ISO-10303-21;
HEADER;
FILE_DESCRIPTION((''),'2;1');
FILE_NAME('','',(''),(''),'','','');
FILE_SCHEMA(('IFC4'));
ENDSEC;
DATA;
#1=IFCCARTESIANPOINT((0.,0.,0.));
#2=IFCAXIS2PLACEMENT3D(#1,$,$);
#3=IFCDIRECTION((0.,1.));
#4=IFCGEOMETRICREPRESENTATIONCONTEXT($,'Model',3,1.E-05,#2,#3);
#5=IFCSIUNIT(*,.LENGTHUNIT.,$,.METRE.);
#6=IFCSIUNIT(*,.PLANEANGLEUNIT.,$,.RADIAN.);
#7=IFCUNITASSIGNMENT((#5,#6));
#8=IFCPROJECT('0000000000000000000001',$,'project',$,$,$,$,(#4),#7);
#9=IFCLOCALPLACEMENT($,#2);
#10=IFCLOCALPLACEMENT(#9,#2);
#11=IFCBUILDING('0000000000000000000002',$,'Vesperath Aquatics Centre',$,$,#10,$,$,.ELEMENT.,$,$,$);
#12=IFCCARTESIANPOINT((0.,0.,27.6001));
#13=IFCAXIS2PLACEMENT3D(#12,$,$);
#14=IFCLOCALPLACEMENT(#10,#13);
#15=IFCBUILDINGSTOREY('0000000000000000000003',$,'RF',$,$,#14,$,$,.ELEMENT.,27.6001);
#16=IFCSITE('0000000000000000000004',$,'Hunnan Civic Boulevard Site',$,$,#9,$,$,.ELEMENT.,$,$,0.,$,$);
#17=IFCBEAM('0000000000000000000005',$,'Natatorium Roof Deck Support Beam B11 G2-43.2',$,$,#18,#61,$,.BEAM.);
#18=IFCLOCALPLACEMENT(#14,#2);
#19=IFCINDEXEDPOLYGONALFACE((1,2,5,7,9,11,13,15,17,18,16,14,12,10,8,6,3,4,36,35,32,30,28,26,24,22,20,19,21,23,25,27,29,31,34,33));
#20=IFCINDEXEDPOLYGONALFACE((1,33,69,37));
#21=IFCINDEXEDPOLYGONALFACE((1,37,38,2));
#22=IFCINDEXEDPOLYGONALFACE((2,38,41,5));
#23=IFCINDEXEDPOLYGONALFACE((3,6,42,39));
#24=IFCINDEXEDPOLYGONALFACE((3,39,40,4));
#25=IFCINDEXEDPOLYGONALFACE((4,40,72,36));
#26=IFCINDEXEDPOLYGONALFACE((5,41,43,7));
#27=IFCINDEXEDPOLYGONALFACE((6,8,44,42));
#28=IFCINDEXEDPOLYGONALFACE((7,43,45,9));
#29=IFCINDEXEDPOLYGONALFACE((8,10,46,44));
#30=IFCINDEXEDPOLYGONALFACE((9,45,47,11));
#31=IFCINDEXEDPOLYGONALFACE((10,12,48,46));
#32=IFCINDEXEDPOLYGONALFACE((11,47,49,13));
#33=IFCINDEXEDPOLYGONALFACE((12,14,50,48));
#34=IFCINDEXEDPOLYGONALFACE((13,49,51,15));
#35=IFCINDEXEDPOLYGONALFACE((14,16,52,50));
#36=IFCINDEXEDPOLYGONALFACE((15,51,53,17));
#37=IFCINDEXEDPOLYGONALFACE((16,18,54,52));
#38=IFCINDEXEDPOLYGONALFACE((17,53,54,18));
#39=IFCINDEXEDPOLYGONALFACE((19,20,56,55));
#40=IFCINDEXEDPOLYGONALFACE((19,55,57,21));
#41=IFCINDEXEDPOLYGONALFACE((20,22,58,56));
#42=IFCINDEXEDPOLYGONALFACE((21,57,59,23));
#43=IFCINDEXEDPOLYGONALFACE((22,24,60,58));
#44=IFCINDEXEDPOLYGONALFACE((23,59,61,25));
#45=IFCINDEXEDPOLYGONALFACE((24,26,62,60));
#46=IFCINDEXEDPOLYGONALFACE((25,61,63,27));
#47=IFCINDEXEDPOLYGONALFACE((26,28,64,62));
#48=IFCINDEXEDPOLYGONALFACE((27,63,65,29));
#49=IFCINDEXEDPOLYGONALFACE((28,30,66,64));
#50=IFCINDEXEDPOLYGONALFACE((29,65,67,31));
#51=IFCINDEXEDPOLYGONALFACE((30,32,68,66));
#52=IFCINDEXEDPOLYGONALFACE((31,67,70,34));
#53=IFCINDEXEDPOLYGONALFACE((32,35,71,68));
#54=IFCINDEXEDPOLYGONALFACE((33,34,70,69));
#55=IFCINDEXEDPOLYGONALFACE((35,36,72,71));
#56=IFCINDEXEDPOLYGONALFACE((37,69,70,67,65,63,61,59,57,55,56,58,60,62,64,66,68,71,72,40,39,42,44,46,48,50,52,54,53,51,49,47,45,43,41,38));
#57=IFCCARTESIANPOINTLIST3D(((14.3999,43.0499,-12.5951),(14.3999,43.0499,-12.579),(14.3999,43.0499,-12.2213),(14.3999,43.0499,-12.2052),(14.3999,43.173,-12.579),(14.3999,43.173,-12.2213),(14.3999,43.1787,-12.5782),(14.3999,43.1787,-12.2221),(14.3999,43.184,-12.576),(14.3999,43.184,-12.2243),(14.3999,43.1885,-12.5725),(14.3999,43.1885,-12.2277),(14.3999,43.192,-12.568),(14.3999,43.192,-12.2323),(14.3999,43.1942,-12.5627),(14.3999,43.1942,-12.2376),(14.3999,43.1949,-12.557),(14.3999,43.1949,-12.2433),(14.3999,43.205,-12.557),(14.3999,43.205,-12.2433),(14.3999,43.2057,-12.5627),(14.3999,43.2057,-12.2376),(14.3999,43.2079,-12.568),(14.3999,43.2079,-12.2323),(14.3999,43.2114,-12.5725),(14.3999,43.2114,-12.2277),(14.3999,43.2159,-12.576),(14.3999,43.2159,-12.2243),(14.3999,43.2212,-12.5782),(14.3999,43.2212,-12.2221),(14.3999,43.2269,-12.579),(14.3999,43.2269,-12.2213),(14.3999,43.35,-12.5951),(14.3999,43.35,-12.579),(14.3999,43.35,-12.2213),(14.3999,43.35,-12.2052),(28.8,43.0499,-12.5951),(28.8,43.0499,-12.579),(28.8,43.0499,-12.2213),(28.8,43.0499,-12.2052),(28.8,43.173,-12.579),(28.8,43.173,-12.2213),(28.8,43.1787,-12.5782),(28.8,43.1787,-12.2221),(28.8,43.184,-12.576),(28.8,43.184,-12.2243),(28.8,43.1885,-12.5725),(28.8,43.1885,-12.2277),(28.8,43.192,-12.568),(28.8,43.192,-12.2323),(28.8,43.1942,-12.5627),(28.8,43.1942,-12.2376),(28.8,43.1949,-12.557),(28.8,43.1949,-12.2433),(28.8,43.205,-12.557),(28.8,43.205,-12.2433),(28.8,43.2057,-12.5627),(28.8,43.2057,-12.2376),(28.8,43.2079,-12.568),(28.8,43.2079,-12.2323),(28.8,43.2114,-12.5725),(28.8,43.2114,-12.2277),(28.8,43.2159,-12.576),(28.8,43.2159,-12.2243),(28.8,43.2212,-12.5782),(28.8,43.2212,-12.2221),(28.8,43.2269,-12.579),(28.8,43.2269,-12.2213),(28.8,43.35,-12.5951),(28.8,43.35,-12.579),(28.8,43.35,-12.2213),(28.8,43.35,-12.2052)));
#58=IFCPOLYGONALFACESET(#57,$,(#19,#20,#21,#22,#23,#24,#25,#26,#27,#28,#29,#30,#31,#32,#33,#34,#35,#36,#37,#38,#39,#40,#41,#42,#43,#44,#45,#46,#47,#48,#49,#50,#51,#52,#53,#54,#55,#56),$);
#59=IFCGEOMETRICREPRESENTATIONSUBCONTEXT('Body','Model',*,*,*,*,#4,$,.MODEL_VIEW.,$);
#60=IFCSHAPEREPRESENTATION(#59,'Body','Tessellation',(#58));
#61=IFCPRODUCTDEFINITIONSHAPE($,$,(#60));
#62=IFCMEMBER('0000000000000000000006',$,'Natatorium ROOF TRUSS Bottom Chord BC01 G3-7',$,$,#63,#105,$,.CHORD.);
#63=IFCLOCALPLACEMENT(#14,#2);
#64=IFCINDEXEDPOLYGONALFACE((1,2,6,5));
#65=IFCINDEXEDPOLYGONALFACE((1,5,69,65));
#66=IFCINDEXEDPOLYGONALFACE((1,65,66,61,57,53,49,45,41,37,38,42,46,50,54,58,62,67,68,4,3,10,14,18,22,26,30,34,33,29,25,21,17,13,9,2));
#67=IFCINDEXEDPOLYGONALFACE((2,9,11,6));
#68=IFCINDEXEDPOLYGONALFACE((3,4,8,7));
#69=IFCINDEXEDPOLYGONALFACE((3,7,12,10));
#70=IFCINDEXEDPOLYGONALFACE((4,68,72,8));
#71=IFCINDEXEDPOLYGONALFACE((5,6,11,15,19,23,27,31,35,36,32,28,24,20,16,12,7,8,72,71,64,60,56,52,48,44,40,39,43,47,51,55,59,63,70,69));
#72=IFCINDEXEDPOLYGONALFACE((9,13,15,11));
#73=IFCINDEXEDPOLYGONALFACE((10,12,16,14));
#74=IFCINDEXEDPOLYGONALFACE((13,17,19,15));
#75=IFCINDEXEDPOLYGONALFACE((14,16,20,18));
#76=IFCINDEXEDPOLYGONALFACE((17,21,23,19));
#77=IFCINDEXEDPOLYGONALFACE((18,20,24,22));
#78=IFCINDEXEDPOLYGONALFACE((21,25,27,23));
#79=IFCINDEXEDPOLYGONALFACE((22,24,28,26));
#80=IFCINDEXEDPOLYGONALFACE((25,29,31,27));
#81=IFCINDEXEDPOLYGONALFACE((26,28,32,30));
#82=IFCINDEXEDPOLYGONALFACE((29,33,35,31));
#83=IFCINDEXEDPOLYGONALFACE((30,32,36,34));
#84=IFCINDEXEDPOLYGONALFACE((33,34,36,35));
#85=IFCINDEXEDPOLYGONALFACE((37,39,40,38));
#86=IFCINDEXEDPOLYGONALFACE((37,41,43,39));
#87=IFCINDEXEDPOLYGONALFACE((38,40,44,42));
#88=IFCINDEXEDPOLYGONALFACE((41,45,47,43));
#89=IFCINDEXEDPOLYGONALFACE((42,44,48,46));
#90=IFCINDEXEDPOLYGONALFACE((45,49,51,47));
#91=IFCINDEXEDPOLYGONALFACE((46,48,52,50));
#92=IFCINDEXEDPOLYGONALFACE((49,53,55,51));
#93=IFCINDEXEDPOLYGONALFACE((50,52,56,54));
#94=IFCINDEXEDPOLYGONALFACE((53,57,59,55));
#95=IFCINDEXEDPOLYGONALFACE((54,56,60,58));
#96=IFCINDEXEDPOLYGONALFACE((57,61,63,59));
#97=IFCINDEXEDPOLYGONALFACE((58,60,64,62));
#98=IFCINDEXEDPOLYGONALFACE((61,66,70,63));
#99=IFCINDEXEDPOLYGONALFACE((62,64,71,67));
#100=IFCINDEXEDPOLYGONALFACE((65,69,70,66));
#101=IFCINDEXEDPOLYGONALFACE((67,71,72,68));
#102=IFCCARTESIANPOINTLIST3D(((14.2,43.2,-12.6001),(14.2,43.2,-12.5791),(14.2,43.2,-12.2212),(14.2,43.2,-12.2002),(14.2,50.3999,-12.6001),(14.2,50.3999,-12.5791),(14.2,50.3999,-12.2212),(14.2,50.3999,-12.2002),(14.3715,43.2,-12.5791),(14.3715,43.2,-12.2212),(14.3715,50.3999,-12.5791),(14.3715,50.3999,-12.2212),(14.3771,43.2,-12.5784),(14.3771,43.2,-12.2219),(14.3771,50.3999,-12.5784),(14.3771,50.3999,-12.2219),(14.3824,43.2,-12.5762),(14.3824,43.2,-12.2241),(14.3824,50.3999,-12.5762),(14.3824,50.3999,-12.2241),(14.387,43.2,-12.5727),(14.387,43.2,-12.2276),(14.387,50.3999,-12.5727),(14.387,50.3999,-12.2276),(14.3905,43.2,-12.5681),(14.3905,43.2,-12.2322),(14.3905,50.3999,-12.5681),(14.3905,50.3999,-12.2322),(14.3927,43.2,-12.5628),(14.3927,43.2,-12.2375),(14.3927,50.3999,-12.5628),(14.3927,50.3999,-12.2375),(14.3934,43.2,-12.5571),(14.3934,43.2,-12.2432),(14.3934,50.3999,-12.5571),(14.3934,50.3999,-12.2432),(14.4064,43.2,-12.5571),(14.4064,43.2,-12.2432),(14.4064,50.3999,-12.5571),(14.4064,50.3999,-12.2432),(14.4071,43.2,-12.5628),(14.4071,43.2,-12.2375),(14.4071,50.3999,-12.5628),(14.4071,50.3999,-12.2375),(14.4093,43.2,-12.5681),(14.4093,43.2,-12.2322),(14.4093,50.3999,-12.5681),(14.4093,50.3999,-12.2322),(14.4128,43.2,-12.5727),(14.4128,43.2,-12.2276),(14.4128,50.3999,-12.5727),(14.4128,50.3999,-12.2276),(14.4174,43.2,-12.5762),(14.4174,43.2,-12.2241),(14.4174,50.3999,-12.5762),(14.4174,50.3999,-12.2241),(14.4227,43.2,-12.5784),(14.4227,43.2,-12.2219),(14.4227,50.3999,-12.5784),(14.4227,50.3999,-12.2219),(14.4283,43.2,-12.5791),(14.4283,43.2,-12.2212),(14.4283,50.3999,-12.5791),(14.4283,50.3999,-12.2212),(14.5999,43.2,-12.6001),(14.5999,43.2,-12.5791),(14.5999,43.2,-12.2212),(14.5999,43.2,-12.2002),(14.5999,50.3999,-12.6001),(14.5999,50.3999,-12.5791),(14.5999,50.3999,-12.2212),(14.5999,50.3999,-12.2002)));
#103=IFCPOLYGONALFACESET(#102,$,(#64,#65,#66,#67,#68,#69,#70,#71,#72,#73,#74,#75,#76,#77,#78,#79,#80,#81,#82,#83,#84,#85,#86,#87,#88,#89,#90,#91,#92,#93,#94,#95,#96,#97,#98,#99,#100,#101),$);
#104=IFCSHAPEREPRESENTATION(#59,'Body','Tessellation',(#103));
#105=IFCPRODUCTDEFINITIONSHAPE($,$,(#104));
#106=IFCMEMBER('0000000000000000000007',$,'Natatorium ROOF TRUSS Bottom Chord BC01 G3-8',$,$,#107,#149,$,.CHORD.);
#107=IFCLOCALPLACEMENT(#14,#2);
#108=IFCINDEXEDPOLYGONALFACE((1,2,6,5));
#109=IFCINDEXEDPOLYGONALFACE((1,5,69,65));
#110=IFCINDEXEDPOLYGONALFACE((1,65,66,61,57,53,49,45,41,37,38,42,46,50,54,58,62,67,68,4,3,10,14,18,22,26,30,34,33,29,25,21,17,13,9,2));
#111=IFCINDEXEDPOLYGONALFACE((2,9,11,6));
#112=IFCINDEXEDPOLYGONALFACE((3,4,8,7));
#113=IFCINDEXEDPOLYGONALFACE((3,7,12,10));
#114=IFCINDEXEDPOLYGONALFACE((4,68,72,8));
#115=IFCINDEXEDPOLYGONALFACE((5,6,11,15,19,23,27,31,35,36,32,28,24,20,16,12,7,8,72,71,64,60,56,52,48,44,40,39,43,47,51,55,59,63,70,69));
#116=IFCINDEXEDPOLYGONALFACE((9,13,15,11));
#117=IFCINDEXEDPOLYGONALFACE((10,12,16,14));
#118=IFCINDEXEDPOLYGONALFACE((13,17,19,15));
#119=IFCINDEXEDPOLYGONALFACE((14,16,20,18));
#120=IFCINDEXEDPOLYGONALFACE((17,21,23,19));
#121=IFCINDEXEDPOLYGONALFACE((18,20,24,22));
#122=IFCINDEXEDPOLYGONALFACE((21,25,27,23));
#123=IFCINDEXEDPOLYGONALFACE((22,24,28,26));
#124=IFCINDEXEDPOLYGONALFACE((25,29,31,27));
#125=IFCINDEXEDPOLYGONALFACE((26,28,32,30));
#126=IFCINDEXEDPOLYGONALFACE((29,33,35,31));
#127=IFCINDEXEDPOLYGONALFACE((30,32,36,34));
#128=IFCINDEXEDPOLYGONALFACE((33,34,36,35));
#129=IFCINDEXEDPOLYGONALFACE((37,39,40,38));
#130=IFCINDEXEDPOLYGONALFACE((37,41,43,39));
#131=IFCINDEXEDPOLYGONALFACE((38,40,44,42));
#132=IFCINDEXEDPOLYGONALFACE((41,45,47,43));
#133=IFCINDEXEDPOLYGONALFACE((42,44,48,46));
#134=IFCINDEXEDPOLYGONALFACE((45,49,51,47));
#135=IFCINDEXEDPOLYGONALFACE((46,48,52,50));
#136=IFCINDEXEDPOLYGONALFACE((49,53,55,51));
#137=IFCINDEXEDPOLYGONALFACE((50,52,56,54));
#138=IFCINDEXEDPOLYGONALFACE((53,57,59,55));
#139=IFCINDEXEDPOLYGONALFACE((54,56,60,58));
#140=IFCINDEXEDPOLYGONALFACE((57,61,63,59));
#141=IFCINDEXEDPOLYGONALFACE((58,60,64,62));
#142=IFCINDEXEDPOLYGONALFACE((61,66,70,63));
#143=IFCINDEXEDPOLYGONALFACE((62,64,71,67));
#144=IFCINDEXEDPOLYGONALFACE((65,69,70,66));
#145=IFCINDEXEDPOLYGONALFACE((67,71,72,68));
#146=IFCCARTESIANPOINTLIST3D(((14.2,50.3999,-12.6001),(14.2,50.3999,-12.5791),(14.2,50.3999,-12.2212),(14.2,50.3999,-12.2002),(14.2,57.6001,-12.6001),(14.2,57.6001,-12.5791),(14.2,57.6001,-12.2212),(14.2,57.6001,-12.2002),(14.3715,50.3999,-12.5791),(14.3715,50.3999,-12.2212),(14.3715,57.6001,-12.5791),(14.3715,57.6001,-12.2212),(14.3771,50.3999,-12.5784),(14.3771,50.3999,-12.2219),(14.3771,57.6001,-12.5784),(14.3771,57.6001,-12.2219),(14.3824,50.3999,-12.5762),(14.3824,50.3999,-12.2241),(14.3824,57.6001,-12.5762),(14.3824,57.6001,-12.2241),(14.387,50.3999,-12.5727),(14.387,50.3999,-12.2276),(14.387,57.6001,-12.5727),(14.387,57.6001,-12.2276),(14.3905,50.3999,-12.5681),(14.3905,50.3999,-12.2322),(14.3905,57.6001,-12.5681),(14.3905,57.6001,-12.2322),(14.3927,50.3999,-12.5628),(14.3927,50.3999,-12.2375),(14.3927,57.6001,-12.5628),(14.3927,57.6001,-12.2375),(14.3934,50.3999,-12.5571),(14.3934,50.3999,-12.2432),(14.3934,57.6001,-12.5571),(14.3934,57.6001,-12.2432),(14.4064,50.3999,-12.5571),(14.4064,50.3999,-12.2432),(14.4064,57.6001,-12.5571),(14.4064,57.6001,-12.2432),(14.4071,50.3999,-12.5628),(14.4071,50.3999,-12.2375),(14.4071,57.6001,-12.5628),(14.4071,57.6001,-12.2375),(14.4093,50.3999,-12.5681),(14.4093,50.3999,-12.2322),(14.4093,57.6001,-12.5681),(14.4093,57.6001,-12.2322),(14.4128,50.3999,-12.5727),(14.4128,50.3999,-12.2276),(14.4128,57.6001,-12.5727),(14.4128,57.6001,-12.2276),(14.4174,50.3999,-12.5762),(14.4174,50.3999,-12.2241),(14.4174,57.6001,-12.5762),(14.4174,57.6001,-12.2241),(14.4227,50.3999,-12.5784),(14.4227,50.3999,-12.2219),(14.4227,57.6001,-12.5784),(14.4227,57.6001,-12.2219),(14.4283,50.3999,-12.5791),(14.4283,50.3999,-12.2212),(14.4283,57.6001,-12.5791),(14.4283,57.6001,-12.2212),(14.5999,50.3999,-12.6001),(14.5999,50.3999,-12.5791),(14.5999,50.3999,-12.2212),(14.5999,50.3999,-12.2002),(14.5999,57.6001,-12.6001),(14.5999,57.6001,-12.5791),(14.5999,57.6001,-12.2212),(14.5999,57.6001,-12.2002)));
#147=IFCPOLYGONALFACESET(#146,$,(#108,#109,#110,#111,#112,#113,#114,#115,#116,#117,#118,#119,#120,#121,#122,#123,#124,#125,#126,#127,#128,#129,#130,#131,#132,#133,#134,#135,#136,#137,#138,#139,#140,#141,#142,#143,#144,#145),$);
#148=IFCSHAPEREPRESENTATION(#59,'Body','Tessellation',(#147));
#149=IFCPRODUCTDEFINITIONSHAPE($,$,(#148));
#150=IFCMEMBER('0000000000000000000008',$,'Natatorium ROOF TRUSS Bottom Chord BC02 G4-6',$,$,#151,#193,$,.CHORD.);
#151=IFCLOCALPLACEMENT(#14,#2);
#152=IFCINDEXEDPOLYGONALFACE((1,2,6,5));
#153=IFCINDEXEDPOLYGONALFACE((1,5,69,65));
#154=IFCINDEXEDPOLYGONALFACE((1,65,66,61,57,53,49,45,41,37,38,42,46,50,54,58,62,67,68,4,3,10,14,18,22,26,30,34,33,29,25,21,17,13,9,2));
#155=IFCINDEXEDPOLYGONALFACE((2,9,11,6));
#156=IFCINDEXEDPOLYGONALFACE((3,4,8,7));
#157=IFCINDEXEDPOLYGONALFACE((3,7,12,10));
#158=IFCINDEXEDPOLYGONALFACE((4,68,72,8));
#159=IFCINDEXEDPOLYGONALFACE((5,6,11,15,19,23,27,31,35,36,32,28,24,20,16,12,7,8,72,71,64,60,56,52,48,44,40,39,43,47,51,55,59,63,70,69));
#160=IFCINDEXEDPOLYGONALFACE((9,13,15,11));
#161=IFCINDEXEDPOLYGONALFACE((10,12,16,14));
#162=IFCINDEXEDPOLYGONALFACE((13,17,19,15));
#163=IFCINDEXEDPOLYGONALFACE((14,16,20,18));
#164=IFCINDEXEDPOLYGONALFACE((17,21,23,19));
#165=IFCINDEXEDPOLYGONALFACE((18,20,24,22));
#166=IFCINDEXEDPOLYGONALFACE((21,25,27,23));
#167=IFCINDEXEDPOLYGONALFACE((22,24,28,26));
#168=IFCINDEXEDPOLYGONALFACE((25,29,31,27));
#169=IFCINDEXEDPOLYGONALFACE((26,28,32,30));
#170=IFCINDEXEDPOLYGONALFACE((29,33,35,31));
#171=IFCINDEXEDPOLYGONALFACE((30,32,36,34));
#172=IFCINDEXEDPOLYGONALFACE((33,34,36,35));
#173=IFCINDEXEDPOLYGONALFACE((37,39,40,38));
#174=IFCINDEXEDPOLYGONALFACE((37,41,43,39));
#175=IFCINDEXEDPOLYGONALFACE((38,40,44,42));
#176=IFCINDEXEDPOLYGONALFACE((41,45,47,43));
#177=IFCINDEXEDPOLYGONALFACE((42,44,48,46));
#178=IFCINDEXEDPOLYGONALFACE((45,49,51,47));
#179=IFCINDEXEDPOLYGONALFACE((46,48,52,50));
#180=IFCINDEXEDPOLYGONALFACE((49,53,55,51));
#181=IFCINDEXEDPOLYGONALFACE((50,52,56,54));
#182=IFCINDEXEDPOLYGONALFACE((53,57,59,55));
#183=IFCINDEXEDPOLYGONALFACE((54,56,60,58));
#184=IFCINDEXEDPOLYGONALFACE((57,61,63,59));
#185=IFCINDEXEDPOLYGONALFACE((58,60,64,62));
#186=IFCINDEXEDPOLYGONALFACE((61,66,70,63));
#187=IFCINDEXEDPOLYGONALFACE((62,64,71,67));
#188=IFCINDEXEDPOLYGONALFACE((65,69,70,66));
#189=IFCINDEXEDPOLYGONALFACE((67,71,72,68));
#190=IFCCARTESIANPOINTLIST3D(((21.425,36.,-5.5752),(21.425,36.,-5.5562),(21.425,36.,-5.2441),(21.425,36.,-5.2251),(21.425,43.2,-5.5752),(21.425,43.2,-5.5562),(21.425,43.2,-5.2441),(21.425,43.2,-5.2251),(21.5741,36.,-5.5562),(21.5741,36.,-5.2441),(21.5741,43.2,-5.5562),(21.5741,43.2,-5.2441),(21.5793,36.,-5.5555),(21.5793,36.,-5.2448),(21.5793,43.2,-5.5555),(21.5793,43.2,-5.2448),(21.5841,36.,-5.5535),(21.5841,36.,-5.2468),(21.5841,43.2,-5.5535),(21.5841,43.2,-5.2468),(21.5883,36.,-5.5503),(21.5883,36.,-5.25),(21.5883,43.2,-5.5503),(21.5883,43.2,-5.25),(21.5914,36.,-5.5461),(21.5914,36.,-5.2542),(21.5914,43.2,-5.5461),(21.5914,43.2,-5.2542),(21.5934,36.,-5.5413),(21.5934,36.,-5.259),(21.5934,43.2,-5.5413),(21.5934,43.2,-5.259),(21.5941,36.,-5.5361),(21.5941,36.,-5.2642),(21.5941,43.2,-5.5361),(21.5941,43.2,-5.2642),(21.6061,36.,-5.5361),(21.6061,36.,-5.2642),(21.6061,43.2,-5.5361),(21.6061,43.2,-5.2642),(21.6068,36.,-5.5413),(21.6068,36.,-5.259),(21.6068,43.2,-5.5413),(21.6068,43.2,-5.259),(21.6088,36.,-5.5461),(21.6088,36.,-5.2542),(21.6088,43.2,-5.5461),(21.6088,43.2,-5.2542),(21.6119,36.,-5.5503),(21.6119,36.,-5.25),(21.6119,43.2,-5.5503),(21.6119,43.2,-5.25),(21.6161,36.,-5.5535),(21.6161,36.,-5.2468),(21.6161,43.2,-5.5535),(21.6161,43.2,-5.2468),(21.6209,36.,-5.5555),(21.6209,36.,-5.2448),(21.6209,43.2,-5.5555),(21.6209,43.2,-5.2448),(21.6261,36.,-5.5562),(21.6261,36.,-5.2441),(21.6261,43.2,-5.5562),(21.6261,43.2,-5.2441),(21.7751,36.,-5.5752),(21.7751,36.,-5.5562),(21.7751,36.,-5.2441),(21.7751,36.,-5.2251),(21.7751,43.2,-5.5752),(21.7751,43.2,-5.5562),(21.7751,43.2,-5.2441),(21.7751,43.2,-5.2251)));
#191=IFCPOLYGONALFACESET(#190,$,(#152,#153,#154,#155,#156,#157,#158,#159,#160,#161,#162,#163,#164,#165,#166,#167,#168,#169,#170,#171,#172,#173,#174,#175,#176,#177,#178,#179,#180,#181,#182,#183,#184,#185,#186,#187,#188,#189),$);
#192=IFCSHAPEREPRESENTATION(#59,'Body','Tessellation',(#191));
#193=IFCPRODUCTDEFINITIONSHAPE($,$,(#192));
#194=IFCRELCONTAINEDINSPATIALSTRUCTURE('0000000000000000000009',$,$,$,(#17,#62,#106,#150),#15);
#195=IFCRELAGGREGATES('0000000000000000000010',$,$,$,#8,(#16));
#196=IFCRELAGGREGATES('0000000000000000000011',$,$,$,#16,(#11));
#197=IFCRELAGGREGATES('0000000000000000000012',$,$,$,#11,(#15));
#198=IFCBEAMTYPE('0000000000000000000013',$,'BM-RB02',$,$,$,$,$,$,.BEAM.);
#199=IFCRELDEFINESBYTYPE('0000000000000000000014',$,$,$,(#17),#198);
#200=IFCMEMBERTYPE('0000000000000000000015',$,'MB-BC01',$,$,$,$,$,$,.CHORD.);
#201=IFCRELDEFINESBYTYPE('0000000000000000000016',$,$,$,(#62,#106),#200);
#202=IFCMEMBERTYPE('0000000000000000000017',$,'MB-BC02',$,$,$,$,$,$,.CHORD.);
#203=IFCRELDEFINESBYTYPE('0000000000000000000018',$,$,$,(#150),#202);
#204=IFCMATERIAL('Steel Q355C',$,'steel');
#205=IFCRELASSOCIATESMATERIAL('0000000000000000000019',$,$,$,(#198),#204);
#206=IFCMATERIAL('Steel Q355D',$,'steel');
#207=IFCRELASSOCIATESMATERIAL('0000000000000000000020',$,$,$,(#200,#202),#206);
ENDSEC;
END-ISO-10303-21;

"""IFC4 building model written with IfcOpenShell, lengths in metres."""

from ifc_helpers import new_model, si_unit, direction, frame, origin, origin_2d, place, context, subcontext, project, spatial, i_section, extrude, material, material_profile, profile_set, type_object, element, save


model = new_model("IFC4")

# Units and contexts
model_context = context("Model", 3, precision=1e-05, world=origin(), true_north=direction((0.0, 1.0)))
body_context = subcontext(model_context, "Body", "Model", "MODEL_VIEW")
ifc_project = project(units=[si_unit("LENGTHUNIT", "METRE"), si_unit("PLANEANGLEUNIT", "RADIAN")], contexts=[model_context])

# Site, building, storey
site_placement = place(None, origin())
site = spatial("IfcSite", under=ifc_project, at=site_placement, Name="Hunnan Civic Boulevard Site", CompositionType="ELEMENT", RefElevation=0.0)
building_placement = place(site_placement, origin())
building = spatial("IfcBuilding", under=site, at=building_placement, Name="Vesperath Aquatics Centre", CompositionType="ELEMENT")
storey_placement = place(building_placement, frame((0.0, 0.0, 27.6001)))
storey = spatial("IfcBuildingStorey", under=building, at=storey_placement, Name="RF", CompositionType="ELEMENT", Elevation=27.6001)

# Beam
ifc_material_1 = material(Name="Steel Q355C", Category="steel")
ifc_material_profile_1 = material_profile(ifc_material_1, i_section(OverallWidth=0.3, OverallDepth=0.3899, WebThickness=0.01, FlangeThickness=0.0161, FilletRadius=0.022, at=origin_2d()), Name="HM 390x300x10x16")
ifc_profile_set_1 = profile_set([ifc_material_profile_1], Name="Steel Q355C")
beam_type = type_object("IfcBeamType", Name="BM-RB02", PredefinedType="BEAM", material=ifc_profile_set_1)
beam_placement = place(storey_placement, frame((14.3999, 43.2, -12.4001), z_axis=(1.0, 0.0, 0.0), x_axis=(0.0, 1.0, 0.0)))
element("IfcBeam", 1, at=beam_placement, inside=storey, type_object=beam_type, Name="Natatorium Roof Deck Support Beam B11 G2-43.2", PredefinedType="BEAM", context=body_context, shape_type="SweptSolid", body=[
    extrude(i_section(OverallWidth=0.3, OverallDepth=0.3899, WebThickness=0.01, FlangeThickness=0.0161, FilletRadius=0.022, at=origin_2d()), origin(), (0.0, 0.0, 1.0), 14.4001),
])

# Members
ifc_material_2 = material(Name="Steel Q355D", Category="steel")
ifc_material_profile_2 = material_profile(ifc_material_2, i_section(OverallWidth=0.3999, OverallDepth=0.3999, WebThickness=0.0129, FlangeThickness=0.021, FilletRadius=0.022, at=origin_2d()), Name="HW 400x400x13x21")
ifc_profile_set_2 = profile_set([ifc_material_profile_2], Name="Steel Q355D")
member_type_1 = type_object("IfcMemberType", Name="MB-BC01", PredefinedType="CHORD", material=ifc_profile_set_2)
member_1_placement = place(storey_placement, frame((14.3999, 43.2, -12.4001), z_axis=(0.0, 1.0, 0.0), x_axis=(-1.0, 0.0, 0.0)))
element("IfcMember", 2, at=member_1_placement, inside=storey, type_object=member_type_1, Name="Natatorium ROOF TRUSS Bottom Chord BC01 G3-7", PredefinedType="CHORD", context=body_context, shape_type="SweptSolid", body=[
    extrude(i_section(OverallWidth=0.3999, OverallDepth=0.3999, WebThickness=0.0129, FlangeThickness=0.021, FilletRadius=0.022, at=origin_2d()), origin(), (0.0, 0.0, 1.0), 7.2),
])
member_2_placement = place(storey_placement, frame((14.3999, 50.3999, -12.4001), z_axis=(0.0, 1.0, 0.0), x_axis=(-1.0, 0.0, 0.0)))
element("IfcMember", 3, at=member_2_placement, inside=storey, type_object=member_type_1, Name="Natatorium ROOF TRUSS Bottom Chord BC01 G3-8", PredefinedType="CHORD", context=body_context, shape_type="SweptSolid", body=[
    extrude(i_section(OverallWidth=0.3999, OverallDepth=0.3999, WebThickness=0.0129, FlangeThickness=0.021, FilletRadius=0.022, at=origin_2d()), origin(), (0.0, 0.0, 1.0), 7.2002),
])
ifc_material_profile_3 = material_profile(ifc_material_2, i_section(OverallWidth=0.3501, OverallDepth=0.3501, WebThickness=0.012, FlangeThickness=0.019, FilletRadius=0.02, at=origin_2d()), Name="HW 350x350x12x19")
ifc_profile_set_3 = profile_set([ifc_material_profile_3], Name="Steel Q355D")
member_type_2 = type_object("IfcMemberType", Name="MB-BC02", PredefinedType="CHORD", material=ifc_profile_set_3)
member_3_placement = place(storey_placement, frame((21.6001, 36.0, -5.4001), z_axis=(0.0, 1.0, 0.0), x_axis=(-1.0, 0.0, 0.0)))
element("IfcMember", 4, at=member_3_placement, inside=storey, type_object=member_type_2, Name="Natatorium ROOF TRUSS Bottom Chord BC02 G4-6", PredefinedType="CHORD", context=body_context, shape_type="SweptSolid", body=[
    extrude(i_section(OverallWidth=0.3501, OverallDepth=0.3501, WebThickness=0.012, FlangeThickness=0.019, FilletRadius=0.02, at=origin_2d()), origin(), (0.0, 0.0, 1.0), 7.2),
])

save(model, "model.ifc")
